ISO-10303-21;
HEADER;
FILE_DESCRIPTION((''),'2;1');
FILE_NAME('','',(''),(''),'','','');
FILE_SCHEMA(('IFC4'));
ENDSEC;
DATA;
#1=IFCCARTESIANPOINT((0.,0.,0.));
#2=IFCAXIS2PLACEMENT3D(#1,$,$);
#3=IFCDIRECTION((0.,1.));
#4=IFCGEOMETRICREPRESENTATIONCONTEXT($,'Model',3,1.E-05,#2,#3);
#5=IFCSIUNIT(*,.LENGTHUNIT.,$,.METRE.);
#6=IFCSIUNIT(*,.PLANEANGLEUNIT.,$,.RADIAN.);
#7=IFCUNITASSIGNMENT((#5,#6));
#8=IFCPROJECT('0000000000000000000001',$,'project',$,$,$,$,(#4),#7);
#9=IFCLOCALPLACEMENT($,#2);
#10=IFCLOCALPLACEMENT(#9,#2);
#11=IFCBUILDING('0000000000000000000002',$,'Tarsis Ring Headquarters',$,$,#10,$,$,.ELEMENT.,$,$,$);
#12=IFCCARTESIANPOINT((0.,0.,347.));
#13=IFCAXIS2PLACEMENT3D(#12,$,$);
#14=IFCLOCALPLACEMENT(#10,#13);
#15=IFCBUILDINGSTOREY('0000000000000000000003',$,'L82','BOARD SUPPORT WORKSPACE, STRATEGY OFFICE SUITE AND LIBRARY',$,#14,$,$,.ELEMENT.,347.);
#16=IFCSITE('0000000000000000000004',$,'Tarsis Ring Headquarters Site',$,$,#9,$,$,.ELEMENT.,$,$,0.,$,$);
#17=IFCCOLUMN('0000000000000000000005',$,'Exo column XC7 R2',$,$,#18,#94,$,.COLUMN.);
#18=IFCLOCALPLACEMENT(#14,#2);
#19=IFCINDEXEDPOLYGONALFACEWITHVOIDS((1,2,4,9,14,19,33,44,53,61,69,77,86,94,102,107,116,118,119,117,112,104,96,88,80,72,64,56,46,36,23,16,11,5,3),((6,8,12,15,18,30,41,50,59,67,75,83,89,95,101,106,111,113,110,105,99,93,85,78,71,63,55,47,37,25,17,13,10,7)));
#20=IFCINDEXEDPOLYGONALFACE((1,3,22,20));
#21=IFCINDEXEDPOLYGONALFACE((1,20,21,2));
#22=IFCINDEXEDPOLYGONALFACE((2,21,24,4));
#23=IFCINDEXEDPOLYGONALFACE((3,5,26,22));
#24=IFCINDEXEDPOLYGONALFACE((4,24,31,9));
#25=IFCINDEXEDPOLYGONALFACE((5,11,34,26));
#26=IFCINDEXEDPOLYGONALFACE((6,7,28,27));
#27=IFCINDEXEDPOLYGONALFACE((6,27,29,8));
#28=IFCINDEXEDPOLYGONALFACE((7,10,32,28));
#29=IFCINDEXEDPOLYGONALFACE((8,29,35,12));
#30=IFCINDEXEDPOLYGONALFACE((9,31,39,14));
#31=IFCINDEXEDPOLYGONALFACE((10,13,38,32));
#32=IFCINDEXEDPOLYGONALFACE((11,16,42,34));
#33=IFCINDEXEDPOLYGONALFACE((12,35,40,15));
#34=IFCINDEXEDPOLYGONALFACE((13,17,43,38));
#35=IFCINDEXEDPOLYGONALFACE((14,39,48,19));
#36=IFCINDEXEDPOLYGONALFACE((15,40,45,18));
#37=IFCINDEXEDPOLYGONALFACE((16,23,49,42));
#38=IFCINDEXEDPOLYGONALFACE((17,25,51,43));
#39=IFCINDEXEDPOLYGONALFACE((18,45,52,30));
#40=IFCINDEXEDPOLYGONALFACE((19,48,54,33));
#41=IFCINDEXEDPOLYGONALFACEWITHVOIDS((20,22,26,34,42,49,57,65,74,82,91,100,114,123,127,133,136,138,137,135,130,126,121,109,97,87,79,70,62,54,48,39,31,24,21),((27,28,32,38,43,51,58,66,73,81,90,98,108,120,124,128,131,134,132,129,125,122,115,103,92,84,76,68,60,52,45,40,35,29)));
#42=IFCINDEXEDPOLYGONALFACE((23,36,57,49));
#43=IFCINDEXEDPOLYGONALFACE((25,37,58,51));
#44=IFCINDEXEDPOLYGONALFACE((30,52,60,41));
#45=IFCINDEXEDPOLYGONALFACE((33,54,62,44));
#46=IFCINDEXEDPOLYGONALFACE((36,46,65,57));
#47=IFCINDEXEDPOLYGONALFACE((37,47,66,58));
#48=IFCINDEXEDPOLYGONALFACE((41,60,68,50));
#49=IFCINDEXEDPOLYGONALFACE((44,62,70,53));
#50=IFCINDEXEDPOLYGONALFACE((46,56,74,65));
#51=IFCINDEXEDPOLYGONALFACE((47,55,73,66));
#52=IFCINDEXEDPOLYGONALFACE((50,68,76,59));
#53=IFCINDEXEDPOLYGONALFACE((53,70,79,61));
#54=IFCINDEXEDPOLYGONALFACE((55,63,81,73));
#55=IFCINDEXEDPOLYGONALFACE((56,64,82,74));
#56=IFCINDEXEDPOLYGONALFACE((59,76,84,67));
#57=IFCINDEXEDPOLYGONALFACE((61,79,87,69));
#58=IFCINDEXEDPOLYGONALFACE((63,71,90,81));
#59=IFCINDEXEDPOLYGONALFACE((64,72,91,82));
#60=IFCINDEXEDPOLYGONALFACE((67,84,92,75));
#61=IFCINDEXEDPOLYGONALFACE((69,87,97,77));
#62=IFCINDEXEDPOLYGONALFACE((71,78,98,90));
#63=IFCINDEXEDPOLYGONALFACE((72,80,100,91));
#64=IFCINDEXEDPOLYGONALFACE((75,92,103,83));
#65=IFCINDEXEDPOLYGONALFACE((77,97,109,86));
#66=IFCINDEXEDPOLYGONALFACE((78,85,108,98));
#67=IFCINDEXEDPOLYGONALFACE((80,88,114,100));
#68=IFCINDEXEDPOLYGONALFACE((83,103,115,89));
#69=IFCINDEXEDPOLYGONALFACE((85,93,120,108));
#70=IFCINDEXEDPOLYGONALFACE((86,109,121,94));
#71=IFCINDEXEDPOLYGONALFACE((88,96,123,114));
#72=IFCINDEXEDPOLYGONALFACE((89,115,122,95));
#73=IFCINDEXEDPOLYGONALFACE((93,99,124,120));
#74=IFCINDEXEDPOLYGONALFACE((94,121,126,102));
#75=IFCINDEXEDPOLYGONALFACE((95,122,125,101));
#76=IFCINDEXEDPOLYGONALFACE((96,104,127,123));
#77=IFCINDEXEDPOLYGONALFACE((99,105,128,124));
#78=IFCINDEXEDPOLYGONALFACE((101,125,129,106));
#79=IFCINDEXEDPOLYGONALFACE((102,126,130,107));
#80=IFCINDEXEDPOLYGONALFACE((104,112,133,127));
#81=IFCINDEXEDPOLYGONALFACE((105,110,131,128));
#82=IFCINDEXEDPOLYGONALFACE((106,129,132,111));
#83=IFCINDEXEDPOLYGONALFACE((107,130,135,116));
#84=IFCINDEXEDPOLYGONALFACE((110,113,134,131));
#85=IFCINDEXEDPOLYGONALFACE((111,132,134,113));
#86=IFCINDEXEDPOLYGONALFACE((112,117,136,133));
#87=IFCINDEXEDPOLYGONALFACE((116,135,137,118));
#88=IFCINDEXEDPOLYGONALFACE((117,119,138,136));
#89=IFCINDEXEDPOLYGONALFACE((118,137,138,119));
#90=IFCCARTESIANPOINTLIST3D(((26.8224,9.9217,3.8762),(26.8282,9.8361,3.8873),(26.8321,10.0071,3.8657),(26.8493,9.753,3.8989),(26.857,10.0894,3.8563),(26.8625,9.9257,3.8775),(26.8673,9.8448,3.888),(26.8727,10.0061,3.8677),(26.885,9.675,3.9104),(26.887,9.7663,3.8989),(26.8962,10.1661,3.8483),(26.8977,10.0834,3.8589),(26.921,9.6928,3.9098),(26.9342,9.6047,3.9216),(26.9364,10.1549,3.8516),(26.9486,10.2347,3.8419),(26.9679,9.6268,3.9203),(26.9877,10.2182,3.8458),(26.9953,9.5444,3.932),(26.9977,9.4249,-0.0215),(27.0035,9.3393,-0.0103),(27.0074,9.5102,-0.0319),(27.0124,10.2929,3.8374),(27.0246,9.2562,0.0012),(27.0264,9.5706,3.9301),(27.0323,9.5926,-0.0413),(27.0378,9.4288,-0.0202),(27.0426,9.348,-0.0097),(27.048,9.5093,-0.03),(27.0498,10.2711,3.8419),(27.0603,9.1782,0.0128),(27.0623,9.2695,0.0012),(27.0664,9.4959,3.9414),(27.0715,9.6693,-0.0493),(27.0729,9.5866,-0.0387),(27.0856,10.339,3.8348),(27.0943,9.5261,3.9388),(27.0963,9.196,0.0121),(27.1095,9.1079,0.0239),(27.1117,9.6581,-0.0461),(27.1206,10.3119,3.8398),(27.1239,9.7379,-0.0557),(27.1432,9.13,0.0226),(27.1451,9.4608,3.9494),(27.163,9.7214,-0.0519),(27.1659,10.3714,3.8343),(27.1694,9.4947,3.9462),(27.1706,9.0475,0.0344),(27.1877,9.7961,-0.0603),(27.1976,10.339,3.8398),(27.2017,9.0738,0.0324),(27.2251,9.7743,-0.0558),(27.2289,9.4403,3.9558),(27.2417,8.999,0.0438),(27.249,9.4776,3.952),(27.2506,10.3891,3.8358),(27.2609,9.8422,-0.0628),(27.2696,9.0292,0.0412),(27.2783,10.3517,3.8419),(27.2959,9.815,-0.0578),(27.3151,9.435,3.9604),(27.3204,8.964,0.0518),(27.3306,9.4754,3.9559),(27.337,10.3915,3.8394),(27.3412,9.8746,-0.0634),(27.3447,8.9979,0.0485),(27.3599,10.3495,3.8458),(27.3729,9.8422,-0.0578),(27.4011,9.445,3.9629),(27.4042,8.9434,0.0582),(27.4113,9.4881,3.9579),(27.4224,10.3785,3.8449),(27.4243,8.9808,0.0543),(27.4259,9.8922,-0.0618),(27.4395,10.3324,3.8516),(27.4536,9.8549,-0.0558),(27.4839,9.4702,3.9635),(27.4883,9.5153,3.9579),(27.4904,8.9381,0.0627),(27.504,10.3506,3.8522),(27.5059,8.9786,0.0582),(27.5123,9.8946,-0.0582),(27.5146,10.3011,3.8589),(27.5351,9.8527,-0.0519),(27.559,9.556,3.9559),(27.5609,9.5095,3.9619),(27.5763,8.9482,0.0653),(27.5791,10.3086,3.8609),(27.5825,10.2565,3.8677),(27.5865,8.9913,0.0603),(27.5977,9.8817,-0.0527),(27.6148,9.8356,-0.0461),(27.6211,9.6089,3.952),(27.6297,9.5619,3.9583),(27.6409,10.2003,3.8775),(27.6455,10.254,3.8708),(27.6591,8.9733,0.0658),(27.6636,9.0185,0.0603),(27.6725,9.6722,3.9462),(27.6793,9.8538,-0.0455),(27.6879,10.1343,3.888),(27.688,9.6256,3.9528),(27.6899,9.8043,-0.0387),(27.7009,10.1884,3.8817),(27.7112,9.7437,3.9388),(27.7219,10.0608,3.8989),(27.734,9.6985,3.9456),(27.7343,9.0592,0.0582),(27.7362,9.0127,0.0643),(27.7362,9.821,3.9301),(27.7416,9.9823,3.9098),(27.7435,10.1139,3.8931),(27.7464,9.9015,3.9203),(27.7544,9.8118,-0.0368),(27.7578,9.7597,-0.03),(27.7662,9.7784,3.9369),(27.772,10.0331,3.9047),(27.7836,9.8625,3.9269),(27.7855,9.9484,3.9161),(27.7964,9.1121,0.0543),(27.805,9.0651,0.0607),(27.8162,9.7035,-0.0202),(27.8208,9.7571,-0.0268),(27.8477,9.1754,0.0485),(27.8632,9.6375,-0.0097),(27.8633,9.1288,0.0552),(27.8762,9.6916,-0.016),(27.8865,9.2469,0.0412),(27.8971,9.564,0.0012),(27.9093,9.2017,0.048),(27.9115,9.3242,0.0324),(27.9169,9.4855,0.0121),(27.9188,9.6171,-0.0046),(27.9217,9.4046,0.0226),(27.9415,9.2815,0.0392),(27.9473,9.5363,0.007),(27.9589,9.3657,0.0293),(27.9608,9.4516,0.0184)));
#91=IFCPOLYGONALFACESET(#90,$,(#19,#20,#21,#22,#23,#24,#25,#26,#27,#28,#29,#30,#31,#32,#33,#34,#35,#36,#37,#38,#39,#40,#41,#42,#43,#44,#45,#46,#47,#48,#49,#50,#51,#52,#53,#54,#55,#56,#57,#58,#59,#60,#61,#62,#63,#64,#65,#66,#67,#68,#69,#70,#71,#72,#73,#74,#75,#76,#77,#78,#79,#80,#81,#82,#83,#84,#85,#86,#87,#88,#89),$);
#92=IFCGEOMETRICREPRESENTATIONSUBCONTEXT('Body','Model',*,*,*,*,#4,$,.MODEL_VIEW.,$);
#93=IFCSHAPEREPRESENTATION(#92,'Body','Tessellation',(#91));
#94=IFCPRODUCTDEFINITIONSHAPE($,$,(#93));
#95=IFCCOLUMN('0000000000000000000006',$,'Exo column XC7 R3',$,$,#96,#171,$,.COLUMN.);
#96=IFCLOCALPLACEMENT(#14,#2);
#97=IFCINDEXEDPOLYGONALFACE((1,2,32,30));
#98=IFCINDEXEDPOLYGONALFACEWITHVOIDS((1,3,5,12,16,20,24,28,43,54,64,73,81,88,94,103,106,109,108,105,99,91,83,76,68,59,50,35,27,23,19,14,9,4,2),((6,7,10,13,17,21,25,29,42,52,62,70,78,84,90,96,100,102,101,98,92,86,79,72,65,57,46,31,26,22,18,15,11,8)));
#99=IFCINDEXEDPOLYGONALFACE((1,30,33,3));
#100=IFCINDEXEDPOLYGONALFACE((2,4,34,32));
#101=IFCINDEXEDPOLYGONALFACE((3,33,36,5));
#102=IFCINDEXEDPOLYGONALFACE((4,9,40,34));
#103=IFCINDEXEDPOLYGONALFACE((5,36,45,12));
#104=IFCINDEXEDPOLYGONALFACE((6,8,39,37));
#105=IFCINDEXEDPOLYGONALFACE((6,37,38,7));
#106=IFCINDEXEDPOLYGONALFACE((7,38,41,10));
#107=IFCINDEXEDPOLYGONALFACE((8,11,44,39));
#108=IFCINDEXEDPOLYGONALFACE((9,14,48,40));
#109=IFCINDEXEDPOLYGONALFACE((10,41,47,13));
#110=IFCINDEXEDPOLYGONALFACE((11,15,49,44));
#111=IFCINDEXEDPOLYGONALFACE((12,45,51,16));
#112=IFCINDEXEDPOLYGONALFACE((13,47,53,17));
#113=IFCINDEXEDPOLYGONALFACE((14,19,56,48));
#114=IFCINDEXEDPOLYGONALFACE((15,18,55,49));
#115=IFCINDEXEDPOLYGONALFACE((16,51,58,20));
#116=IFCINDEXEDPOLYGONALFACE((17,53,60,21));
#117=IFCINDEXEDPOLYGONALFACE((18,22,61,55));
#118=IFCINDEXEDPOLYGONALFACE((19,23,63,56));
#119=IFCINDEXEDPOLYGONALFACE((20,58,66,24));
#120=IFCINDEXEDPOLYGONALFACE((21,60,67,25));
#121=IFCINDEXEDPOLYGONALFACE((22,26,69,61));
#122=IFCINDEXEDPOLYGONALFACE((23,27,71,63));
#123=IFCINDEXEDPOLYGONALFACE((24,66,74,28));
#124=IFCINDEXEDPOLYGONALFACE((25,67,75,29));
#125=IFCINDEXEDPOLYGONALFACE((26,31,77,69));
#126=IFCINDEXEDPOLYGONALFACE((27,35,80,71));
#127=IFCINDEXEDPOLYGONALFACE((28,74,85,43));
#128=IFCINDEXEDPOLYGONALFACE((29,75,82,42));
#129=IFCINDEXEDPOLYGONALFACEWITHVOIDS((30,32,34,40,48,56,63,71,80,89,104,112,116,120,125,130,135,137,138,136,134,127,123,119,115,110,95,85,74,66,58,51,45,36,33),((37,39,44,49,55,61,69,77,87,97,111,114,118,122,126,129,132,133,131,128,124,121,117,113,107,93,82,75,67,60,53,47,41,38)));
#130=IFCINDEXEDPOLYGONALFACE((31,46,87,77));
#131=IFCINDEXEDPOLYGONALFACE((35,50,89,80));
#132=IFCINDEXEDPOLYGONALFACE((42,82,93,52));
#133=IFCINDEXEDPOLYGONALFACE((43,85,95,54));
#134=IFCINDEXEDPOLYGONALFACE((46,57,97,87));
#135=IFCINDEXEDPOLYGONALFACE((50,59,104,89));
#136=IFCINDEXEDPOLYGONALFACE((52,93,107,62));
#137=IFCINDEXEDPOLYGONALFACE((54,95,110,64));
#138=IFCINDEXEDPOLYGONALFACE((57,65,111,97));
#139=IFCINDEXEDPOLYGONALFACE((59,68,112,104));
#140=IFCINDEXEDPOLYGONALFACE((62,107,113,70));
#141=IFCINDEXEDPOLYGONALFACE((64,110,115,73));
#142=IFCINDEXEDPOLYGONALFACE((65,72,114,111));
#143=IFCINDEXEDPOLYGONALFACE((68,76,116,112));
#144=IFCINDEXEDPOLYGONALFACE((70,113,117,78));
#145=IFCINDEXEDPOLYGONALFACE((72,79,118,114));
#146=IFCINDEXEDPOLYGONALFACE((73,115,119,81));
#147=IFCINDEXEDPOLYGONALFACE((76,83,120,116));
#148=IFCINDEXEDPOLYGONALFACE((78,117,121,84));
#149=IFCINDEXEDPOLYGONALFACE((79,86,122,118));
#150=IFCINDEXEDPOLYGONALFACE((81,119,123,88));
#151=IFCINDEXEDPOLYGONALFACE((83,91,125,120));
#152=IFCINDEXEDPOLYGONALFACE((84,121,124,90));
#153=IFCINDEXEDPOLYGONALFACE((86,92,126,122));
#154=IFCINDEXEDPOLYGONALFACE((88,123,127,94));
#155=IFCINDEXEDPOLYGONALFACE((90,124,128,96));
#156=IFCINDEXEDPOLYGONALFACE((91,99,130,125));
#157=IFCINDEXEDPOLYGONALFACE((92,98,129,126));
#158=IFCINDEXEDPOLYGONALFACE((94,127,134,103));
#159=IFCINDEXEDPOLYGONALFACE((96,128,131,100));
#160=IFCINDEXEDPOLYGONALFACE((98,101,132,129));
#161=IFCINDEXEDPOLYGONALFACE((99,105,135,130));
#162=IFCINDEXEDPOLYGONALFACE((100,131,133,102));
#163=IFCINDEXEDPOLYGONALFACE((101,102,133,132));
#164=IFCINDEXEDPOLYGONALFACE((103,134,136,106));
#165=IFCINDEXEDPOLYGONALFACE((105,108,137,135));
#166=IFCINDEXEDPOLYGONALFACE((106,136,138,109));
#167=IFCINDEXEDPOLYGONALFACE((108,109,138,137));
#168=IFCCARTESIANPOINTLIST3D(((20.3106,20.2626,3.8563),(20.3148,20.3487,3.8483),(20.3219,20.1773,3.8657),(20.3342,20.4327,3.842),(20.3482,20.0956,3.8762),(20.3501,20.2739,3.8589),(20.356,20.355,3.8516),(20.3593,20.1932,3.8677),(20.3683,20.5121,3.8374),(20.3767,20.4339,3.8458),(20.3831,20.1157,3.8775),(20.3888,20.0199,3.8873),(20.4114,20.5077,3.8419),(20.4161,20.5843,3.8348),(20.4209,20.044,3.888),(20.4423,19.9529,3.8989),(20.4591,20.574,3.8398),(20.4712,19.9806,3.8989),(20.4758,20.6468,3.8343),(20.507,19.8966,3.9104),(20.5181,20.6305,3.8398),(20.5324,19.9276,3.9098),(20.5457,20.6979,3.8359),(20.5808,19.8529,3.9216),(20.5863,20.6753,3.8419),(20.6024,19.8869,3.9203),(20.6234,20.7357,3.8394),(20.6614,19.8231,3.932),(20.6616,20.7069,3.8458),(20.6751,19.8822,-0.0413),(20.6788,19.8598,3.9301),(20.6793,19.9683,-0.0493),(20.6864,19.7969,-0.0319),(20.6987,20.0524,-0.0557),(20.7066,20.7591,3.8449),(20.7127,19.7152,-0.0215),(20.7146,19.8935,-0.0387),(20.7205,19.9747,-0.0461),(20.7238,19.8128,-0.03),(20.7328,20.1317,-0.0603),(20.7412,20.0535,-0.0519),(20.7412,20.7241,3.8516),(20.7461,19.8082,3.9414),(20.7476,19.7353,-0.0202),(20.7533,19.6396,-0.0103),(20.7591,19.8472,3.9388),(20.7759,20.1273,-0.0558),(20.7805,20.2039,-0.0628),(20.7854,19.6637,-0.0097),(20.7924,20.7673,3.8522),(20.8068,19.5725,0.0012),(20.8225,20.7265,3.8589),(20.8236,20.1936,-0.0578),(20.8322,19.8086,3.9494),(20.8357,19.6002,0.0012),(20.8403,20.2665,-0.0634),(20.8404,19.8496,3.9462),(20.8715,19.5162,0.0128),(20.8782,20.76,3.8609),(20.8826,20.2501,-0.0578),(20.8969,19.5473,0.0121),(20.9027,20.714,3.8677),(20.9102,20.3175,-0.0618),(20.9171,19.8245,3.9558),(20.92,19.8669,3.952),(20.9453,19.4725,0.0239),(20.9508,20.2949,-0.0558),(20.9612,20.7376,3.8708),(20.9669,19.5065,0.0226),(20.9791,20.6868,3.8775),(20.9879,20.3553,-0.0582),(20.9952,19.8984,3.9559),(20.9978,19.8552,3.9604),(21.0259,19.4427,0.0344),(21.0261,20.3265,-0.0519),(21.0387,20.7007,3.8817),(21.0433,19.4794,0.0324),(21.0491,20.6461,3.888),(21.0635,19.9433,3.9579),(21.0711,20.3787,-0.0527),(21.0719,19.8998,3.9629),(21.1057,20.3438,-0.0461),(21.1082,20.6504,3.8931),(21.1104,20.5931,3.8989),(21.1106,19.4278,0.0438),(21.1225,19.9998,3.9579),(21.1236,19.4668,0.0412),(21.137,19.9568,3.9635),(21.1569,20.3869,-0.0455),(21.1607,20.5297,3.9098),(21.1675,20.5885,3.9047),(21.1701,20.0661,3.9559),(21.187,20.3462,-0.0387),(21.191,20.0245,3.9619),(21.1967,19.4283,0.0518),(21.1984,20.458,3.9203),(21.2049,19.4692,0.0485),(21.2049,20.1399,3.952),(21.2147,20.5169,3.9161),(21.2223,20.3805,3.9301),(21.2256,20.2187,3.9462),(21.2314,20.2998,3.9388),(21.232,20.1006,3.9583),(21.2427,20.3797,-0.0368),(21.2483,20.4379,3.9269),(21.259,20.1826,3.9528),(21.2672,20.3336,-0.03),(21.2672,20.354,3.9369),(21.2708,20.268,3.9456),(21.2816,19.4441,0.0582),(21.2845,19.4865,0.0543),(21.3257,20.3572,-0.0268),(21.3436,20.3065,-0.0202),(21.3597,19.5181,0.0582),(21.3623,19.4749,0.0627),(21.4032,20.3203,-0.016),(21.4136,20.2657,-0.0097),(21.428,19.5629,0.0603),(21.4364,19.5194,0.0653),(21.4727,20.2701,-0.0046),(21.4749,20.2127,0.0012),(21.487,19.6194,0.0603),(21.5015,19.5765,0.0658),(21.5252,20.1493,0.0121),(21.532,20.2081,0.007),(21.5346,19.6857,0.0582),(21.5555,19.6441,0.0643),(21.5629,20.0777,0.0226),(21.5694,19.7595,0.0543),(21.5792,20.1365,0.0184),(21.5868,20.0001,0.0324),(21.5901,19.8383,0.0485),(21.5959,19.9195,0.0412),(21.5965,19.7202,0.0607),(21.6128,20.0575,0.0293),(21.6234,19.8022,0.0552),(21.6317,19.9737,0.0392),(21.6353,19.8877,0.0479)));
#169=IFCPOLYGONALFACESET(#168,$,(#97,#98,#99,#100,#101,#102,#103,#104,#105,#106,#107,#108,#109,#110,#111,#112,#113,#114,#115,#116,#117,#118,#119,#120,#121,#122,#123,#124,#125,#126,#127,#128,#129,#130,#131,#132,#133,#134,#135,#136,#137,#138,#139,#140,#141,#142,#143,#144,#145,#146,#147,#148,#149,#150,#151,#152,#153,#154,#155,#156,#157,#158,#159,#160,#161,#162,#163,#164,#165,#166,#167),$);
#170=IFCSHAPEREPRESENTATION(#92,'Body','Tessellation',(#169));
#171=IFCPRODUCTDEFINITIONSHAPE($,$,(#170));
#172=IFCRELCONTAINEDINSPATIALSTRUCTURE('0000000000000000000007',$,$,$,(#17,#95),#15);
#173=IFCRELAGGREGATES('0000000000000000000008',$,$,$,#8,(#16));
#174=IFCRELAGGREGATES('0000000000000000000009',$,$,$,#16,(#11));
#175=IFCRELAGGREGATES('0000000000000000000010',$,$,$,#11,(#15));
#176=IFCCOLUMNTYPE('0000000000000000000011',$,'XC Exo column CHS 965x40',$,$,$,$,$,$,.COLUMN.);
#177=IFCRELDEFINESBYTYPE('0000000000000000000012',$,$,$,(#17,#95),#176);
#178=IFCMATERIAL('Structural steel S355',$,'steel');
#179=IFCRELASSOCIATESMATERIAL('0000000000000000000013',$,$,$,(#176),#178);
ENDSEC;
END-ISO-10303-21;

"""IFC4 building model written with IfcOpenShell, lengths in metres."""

from ifc_helpers import new_model, si_unit, direction, frame, origin, origin_2d, place, context, subcontext, project, spatial, hollow_circle, extrude, material, material_profile, profile_set, type_object, element, save


model = new_model("IFC4")

# Units and contexts
model_context = context("Model", 3, precision=1e-05, world=origin(), true_north=direction((0.0, 1.0)))
body_context = subcontext(model_context, "Body", "Model", "MODEL_VIEW")
ifc_project = project(units=[si_unit("LENGTHUNIT", "METRE"), si_unit("PLANEANGLEUNIT", "RADIAN")], contexts=[model_context])

# Site, building, storey
site_placement = place(None, origin())
site = spatial("IfcSite", under=ifc_project, at=site_placement, Name="Tarsis Ring Headquarters Site", CompositionType="ELEMENT", RefElevation=0.0)
building_placement = place(site_placement, origin())
building = spatial("IfcBuilding", under=site, at=building_placement, Name="Tarsis Ring Headquarters", CompositionType="ELEMENT")
storey_placement = place(building_placement, frame((0.0, 0.0, 347.0)))
storey = spatial("IfcBuildingStorey", under=building, at=storey_placement, Name="L82", Description="BOARD SUPPORT WORKSPACE, STRATEGY OFFICE SUITE AND LIBRARY", CompositionType="ELEMENT", Elevation=347.0)

# Columns
ifc_material_1 = material(Name="Structural steel S355", Category="steel")
ifc_material_profile_1 = material_profile(ifc_material_1, hollow_circle(Radius=0.4827, WallThickness=0.04, at=origin_2d()), Name="CHS 965x40")
ifc_profile_set_1 = profile_set([ifc_material_profile_1], Name="Structural steel S355")
column_type = type_object("IfcColumnType", Name="XC Exo column CHS 965x40", PredefinedType="COLUMN", material=ifc_profile_set_1)
for number, where, z_axis, x_axis, name in (
    (1, (27.4797, 9.4167, 0.0012), (-0.044568, 0.126318, 0.990988), (-0.943025, -0.332723, 0.0), "Exo column XC7 R2"),
    (2, (21.1553, 19.9065, 0.0012), (-0.092674, 0.096709, 0.990989), (-0.722007, -0.691885, 0.0), "Exo column XC7 R3"),
):
    element("IfcColumn", number, at=place(storey_placement, frame(where, z_axis=z_axis, x_axis=x_axis)), inside=storey, type_object=column_type, Name=name, PredefinedType="COLUMN", context=body_context, shape_type="SweptSolid", body=[
        extrude(hollow_circle(Radius=0.4827, WallThickness=0.04, at=origin_2d()), origin(), (0.0, 0.0, 1.0), 3.9331),
    ])

save(model, "model.ifc")
